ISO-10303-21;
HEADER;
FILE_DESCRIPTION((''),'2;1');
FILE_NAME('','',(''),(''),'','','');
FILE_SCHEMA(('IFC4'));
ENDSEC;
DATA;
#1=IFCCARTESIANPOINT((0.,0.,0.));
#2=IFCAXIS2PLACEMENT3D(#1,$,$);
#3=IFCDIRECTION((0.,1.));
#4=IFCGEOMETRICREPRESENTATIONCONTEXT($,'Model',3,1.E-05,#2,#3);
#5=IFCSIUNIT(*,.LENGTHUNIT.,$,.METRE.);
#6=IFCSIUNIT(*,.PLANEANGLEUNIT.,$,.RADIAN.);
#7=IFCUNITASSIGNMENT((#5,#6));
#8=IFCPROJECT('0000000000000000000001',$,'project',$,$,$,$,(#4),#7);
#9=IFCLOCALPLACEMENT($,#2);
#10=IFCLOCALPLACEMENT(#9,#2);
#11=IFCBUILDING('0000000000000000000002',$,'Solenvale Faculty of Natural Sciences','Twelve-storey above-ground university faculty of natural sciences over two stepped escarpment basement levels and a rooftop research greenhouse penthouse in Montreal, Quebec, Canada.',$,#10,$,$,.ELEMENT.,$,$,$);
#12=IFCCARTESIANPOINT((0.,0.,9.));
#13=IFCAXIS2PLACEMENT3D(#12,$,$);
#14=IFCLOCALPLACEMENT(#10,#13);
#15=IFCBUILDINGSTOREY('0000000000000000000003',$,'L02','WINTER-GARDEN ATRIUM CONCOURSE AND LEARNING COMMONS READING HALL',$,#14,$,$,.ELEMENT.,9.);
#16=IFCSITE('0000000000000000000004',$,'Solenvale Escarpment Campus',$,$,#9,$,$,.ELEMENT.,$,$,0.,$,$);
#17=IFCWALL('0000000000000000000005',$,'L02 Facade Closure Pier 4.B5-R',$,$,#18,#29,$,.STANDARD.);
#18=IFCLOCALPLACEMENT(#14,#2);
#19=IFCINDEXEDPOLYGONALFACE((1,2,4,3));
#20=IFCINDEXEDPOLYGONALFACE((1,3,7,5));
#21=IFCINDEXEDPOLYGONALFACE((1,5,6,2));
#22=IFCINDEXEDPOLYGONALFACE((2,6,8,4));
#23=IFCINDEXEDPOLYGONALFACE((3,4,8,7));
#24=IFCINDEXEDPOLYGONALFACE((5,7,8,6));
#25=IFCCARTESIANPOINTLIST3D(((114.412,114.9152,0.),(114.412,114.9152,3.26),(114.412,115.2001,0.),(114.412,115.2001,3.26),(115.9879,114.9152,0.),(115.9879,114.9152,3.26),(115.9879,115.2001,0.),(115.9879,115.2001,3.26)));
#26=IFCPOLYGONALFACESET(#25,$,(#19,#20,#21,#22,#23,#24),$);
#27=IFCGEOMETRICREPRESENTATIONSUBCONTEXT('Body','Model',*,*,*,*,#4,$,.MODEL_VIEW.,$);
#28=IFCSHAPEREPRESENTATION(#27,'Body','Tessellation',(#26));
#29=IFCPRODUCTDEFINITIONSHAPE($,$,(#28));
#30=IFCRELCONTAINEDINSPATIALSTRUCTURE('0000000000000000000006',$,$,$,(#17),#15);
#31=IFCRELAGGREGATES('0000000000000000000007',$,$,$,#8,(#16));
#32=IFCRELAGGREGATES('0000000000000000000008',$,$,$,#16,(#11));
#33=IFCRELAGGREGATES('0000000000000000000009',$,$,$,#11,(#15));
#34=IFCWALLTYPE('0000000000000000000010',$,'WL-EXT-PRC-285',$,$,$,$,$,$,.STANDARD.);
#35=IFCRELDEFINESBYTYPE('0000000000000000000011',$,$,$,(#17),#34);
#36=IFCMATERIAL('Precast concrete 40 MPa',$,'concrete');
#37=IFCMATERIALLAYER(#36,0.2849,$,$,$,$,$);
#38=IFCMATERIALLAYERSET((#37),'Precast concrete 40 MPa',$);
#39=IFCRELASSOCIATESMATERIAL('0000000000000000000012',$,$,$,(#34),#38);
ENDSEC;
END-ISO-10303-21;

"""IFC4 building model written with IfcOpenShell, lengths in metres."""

from ifc_helpers import new_model, si_unit, direction, frame, frame_2d, origin, place, context, subcontext, project, spatial, rectangle, extrude, material, layer, layer_set, type_object, element, save


model = new_model("IFC4")

# Units and contexts
model_context = context("Model", 3, precision=1e-05, world=origin(), true_north=direction((0.0, 1.0)))
body_context = subcontext(model_context, "Body", "Model", "MODEL_VIEW")
ifc_project = project(units=[si_unit("LENGTHUNIT", "METRE"), si_unit("PLANEANGLEUNIT", "RADIAN")], contexts=[model_context])

# Site, building, storey
site_placement = place(None, origin())
site = spatial("IfcSite", under=ifc_project, at=site_placement, Name="Solenvale Escarpment Campus", CompositionType="ELEMENT", RefElevation=0.0)
building_placement = place(site_placement, origin())
building = spatial("IfcBuilding", under=site, at=building_placement, Name="Solenvale Faculty of Natural Sciences", Description="Twelve-storey above-ground university faculty of natural sciences over two stepped escarpment basement levels and a rooftop research greenhouse penthouse in Montreal, Quebec, Canada.", CompositionType="ELEMENT")
storey_placement = place(building_placement, frame((0.0, 0.0, 9.0)))
storey = spatial("IfcBuildingStorey", under=building, at=storey_placement, Name="L02", Description="WINTER-GARDEN ATRIUM CONCOURSE AND LEARNING COMMONS READING HALL", CompositionType="ELEMENT", Elevation=9.0)

# Shared definitions
ifc_material_1 = material(Name="Precast concrete 40 MPa", Category="concrete")

# Wall
ifc_layer_1 = layer(ifc_material_1, 0.2849)
ifc_layer_set_1 = layer_set([ifc_layer_1], Name="Precast concrete 40 MPa")
wall_type = type_object("IfcWallType", Name="WL-EXT-PRC-285", PredefinedType="STANDARD", material=ifc_layer_set_1)
wall_placement = place(storey_placement, frame((115.988, 115.0576, 0.0), z_axis=(0.0, 0.0, 1.0), x_axis=(-1.0, 0.0, 0.0)))
element("IfcWall", 1, at=wall_placement, inside=storey, type_object=wall_type, Name="L02 Facade Closure Pier 4.B5-R", PredefinedType="STANDARD", context=body_context, shape_type="SweptSolid", body=[
    extrude(rectangle(XDim=1.5759, YDim=0.2849, at=frame_2d((0.7881, 0.0))), origin(), (0.0, 0.0, 1.0), 3.26),
])

save(model, "model.ifc")
